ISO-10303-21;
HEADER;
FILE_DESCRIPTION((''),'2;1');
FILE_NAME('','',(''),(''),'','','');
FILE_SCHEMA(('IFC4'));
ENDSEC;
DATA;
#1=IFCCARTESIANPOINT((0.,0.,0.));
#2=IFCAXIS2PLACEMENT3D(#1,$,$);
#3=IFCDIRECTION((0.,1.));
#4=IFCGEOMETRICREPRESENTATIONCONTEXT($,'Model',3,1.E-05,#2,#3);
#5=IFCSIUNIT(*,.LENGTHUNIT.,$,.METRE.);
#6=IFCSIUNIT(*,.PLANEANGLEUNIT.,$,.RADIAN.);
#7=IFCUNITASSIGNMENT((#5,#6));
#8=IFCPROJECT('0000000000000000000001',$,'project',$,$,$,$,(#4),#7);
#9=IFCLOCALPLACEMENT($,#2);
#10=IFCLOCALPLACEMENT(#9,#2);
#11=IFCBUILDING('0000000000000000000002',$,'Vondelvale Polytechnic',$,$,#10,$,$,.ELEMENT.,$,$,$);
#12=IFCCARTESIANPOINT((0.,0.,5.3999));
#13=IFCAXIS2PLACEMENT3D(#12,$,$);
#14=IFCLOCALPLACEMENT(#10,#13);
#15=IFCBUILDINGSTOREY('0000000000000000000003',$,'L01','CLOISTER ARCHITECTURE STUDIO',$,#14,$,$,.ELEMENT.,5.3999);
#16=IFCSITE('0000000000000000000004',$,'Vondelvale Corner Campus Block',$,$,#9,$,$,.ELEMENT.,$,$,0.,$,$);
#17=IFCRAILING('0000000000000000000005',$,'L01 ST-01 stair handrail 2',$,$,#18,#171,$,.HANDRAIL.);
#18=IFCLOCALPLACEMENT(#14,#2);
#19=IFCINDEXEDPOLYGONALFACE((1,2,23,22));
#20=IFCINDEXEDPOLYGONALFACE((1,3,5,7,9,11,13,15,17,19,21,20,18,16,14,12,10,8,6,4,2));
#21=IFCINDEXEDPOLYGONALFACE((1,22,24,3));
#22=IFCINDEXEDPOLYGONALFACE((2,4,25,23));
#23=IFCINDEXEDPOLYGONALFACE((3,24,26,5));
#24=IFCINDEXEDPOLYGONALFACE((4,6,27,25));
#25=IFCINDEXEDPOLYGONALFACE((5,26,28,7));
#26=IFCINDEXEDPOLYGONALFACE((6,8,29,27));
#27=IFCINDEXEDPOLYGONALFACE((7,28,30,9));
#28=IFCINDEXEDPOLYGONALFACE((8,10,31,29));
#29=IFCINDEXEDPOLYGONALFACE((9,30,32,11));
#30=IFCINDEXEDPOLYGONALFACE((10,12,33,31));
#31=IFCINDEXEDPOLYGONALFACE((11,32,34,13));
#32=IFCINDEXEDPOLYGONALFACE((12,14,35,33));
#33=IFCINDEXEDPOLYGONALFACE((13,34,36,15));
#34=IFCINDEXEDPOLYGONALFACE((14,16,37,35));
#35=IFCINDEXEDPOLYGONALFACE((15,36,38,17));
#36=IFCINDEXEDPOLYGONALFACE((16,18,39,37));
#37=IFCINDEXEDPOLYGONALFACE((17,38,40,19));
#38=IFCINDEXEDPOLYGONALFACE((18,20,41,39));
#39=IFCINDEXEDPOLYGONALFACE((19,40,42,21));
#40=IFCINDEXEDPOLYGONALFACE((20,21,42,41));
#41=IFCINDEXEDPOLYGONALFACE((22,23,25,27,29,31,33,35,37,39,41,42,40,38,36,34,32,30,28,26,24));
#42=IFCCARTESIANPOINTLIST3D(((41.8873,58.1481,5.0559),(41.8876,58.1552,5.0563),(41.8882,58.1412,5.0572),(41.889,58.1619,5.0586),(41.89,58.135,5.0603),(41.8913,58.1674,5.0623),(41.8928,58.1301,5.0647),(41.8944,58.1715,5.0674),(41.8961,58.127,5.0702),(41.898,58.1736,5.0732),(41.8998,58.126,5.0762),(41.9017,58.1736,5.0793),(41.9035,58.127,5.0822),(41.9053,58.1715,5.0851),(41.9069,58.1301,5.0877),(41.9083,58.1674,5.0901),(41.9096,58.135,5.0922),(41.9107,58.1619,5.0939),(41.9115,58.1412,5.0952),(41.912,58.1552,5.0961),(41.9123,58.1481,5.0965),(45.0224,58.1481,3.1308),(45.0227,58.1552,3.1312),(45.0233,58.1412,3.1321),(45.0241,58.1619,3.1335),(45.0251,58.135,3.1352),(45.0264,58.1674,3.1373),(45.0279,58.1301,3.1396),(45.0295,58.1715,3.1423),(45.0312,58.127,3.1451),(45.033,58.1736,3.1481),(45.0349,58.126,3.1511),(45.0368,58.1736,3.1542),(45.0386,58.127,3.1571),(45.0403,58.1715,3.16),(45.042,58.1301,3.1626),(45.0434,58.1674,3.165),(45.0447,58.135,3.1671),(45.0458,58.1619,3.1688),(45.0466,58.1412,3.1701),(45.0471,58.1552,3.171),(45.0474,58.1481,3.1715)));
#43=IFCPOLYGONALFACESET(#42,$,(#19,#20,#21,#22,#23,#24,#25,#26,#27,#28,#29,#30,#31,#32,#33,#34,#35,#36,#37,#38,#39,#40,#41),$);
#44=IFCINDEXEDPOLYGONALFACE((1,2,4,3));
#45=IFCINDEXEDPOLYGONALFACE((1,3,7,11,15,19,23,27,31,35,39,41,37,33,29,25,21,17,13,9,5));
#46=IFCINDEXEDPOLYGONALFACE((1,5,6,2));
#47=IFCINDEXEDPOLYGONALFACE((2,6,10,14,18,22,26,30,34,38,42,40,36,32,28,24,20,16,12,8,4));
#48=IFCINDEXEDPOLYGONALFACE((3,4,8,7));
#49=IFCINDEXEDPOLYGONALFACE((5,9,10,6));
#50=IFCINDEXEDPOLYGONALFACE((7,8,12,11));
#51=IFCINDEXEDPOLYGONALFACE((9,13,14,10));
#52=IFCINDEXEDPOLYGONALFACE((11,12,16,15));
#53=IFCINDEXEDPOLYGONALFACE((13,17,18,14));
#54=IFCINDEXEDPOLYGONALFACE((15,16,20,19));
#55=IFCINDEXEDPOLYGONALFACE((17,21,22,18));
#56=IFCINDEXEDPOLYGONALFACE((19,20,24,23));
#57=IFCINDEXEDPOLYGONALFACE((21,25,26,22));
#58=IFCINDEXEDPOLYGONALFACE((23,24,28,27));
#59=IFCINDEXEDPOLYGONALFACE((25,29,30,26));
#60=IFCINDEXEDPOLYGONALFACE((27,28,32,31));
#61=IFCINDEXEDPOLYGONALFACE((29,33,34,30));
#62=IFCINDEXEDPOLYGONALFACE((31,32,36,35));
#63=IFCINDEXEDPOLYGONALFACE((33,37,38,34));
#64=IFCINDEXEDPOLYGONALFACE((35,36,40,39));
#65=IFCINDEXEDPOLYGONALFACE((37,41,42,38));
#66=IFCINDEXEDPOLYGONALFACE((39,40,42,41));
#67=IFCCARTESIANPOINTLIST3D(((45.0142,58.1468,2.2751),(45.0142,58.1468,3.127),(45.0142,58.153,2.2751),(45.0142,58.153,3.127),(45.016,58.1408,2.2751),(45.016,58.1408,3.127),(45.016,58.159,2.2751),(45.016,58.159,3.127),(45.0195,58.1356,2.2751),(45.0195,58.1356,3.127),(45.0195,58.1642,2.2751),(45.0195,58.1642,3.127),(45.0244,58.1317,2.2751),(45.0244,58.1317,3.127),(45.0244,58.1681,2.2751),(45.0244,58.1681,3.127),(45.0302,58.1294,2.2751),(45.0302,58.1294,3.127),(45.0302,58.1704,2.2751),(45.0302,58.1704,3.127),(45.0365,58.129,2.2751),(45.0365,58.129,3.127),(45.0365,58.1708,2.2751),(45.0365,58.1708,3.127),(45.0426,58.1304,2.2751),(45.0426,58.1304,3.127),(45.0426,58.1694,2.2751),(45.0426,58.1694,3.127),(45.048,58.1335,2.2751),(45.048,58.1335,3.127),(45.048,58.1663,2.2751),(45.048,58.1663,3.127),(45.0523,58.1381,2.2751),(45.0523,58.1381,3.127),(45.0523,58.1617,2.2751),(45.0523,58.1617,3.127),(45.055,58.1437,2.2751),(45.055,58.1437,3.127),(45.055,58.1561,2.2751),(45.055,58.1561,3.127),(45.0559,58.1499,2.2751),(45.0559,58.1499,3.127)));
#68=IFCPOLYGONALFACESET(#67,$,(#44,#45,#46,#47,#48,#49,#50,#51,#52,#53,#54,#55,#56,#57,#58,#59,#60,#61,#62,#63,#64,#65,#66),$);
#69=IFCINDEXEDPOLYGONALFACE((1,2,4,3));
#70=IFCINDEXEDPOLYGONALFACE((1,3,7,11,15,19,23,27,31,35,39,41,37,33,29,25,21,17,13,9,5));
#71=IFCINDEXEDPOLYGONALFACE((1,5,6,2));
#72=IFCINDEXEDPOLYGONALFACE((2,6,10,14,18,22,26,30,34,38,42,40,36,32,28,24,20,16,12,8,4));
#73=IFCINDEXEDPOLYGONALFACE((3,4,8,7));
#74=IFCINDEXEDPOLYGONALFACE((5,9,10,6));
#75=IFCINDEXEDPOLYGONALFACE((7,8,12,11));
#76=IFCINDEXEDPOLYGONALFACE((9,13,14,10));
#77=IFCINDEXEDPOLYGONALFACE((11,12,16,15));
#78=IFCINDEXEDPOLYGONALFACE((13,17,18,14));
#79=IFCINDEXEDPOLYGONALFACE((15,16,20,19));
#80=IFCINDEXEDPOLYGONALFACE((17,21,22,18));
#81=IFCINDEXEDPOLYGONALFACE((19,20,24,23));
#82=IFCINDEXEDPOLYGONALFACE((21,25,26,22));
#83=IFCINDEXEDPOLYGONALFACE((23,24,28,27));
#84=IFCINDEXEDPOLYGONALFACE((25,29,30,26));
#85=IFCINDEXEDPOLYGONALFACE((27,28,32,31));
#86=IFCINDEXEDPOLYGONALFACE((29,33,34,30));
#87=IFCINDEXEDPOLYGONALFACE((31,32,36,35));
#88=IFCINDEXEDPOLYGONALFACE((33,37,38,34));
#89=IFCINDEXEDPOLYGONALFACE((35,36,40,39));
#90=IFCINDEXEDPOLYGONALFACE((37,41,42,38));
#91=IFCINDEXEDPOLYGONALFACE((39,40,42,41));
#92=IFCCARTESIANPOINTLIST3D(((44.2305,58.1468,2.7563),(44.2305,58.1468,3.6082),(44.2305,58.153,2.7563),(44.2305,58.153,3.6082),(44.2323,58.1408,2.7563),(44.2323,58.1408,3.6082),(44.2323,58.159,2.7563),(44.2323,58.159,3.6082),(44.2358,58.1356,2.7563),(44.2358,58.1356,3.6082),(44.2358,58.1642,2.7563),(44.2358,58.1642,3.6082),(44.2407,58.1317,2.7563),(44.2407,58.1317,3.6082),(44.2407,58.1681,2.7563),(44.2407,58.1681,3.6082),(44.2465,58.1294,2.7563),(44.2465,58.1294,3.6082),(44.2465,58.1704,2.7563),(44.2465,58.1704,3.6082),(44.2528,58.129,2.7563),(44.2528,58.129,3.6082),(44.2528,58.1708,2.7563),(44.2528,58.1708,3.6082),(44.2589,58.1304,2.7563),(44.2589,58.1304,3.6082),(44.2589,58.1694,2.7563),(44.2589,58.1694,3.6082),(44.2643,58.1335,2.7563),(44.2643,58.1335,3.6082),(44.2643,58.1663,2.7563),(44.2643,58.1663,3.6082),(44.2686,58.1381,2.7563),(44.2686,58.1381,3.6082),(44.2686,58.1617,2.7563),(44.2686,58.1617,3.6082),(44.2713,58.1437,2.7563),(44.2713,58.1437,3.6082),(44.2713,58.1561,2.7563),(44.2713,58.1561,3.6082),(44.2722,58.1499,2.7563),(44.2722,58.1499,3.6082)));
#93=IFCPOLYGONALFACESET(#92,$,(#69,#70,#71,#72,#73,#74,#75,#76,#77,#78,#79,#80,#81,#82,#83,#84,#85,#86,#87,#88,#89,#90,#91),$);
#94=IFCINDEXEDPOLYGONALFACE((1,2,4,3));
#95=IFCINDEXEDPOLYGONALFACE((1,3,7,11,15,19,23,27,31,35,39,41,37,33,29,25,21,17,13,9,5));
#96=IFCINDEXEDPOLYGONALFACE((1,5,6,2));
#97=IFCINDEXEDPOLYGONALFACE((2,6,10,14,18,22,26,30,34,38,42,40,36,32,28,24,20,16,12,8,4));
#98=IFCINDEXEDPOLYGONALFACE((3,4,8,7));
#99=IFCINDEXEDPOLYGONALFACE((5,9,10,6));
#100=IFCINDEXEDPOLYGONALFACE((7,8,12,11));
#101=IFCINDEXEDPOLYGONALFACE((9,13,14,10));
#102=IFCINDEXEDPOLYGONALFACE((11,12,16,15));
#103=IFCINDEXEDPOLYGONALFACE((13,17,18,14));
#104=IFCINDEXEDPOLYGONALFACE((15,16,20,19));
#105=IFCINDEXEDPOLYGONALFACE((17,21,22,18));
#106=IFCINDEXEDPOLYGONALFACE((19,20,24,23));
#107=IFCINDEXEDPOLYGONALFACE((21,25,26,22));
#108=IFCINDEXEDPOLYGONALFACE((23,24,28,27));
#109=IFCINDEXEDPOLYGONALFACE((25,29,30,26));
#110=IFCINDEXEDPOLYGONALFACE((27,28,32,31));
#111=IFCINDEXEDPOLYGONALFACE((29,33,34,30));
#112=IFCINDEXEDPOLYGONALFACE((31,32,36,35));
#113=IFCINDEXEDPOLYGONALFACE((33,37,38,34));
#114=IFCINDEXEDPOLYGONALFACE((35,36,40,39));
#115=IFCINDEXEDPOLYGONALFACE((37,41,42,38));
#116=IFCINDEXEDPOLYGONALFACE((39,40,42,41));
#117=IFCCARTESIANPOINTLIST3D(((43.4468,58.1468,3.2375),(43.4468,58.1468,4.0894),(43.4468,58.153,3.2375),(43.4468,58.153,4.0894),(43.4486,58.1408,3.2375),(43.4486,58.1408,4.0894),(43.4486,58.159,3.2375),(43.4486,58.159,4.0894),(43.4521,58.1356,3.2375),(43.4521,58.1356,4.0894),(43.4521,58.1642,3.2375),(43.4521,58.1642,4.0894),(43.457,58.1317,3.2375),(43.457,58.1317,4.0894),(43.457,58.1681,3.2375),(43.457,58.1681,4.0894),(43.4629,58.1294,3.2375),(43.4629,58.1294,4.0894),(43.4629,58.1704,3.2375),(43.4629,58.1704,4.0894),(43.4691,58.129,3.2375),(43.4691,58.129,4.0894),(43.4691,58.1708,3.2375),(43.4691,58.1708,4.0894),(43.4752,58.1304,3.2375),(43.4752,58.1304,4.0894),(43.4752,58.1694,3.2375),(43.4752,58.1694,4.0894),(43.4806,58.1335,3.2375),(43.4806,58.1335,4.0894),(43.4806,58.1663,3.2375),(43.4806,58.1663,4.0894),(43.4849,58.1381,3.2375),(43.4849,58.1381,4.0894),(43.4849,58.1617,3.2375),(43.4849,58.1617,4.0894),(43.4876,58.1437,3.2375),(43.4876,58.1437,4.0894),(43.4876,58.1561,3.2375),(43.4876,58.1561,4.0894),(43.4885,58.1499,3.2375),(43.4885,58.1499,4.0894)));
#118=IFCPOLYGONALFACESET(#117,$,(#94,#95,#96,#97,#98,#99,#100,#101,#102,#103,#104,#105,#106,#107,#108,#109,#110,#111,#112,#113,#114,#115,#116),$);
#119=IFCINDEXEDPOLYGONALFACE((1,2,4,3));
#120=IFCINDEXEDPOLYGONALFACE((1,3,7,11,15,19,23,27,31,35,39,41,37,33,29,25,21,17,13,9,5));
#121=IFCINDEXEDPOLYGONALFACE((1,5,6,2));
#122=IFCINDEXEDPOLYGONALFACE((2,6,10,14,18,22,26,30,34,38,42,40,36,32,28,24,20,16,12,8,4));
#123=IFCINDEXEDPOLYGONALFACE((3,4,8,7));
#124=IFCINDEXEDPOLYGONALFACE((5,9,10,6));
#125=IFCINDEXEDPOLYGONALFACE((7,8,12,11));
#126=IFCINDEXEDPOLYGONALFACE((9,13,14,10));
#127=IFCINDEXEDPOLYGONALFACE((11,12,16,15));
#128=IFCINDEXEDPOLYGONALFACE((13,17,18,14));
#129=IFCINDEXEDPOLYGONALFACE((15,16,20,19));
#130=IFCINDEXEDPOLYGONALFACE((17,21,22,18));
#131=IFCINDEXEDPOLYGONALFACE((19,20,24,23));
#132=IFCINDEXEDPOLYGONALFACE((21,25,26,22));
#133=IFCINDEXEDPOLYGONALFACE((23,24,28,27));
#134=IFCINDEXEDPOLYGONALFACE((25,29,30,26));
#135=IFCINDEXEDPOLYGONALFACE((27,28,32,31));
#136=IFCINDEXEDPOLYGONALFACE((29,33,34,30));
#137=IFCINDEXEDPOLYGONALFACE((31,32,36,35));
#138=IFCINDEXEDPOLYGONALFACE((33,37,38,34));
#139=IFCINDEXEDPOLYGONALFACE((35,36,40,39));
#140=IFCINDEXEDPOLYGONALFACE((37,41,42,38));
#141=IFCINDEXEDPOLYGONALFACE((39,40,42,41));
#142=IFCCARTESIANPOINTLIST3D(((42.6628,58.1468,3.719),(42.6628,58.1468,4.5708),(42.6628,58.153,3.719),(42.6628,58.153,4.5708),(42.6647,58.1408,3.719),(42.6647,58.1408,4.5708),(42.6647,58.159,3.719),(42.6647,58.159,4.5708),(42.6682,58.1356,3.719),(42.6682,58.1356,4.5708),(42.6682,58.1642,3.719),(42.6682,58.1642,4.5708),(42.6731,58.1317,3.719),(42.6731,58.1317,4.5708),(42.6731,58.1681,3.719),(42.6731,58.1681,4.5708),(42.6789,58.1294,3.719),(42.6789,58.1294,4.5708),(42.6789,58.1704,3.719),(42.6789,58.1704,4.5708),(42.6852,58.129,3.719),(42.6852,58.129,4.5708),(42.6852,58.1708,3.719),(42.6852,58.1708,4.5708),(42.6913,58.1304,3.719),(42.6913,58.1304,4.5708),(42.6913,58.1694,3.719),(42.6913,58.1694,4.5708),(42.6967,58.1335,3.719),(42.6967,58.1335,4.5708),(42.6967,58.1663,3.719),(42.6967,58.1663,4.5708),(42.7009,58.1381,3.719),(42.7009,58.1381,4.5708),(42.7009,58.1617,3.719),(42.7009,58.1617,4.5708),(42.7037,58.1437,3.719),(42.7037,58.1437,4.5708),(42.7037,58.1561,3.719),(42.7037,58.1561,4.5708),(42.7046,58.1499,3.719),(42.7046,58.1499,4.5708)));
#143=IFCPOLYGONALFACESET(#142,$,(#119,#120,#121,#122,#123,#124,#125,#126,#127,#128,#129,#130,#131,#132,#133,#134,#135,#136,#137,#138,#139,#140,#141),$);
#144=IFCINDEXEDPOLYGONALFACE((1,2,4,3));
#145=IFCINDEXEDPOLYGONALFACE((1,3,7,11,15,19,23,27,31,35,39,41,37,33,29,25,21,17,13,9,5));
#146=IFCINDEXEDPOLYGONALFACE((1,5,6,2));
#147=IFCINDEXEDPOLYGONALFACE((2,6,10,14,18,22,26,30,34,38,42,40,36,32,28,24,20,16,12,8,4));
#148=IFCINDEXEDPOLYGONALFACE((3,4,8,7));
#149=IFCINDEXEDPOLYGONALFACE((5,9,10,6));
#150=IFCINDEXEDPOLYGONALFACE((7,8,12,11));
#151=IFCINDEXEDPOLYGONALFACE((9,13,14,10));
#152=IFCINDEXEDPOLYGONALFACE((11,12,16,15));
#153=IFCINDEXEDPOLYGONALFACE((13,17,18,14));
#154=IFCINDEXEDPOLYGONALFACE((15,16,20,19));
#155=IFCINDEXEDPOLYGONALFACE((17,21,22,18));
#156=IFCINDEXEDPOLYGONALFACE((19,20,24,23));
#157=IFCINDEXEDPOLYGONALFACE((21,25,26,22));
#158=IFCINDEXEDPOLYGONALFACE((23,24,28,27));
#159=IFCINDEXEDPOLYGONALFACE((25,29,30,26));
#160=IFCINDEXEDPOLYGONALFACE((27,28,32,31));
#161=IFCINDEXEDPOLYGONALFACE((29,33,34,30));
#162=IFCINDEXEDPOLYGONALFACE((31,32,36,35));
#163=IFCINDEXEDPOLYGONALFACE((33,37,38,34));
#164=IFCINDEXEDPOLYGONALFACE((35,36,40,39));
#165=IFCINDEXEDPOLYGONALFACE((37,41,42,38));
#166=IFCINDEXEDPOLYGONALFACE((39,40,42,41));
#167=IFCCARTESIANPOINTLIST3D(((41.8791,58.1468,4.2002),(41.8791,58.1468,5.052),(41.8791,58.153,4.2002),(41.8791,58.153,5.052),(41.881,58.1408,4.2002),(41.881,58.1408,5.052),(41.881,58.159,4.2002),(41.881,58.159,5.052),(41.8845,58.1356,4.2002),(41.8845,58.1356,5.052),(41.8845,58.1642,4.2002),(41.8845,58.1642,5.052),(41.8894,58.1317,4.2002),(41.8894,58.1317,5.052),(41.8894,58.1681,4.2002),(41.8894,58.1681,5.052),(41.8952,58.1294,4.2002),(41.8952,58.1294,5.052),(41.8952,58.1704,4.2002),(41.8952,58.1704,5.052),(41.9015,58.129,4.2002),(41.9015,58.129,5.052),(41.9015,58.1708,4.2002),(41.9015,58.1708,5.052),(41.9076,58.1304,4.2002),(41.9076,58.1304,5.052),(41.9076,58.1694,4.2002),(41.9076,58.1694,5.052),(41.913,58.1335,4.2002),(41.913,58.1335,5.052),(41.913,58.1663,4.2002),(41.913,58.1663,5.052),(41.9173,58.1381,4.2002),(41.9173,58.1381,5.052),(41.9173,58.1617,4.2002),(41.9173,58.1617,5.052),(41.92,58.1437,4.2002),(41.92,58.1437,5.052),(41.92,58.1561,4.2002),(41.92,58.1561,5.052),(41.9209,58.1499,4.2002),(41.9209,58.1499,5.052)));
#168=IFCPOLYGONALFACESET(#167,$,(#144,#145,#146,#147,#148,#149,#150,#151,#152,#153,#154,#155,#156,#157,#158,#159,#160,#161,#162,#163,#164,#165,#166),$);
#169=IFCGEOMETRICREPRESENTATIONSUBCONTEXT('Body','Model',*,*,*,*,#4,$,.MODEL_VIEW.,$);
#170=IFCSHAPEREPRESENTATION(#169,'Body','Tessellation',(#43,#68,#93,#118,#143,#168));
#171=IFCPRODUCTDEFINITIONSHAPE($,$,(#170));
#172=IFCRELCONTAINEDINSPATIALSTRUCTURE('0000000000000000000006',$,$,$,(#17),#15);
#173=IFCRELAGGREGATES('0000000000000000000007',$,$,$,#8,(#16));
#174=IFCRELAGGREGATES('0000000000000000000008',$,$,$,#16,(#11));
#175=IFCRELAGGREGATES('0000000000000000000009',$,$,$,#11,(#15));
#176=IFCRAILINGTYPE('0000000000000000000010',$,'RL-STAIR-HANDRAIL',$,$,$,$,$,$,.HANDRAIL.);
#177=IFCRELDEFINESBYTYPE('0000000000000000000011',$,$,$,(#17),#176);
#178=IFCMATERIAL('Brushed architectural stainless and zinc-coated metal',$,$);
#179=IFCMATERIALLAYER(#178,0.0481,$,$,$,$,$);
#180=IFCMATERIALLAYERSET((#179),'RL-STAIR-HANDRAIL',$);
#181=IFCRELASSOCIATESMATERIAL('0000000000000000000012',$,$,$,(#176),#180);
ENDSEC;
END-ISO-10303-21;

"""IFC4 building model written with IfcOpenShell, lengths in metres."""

from ifc_helpers import new_model, si_unit, direction, frame, origin, origin_2d, place, context, subcontext, project, spatial, circle, extrude, material, layer, layer_set, type_object, element, save


model = new_model("IFC4")

# Units and contexts
model_context = context("Model", 3, precision=1e-05, world=origin(), true_north=direction((0.0, 1.0)))
body_context = subcontext(model_context, "Body", "Model", "MODEL_VIEW")
ifc_project = project(units=[si_unit("LENGTHUNIT", "METRE"), si_unit("PLANEANGLEUNIT", "RADIAN")], contexts=[model_context])

# Site, building, storey
site_placement = place(None, origin())
site = spatial("IfcSite", under=ifc_project, at=site_placement, Name="Vondelvale Corner Campus Block", CompositionType="ELEMENT", RefElevation=0.0)
building_placement = place(site_placement, origin())
building = spatial("IfcBuilding", under=site, at=building_placement, Name="Vondelvale Polytechnic", CompositionType="ELEMENT")
storey_placement = place(building_placement, frame((0.0, 0.0, 5.3999)))
storey = spatial("IfcBuildingStorey", under=building, at=storey_placement, Name="L01", Description="CLOISTER ARCHITECTURE STUDIO", CompositionType="ELEMENT", Elevation=5.3999)

# Shared definitions
ifc_material_1 = material(Name="Brushed architectural stainless and zinc-coated metal")

# Railing
ifc_layer_1 = layer(ifc_material_1, 0.0481)
ifc_layer_set_1 = layer_set([ifc_layer_1], Name="RL-STAIR-HANDRAIL")
railing_type_1 = type_object("IfcRailingType", Name="RL-STAIR-HANDRAIL", PredefinedType="HANDRAIL", material=ifc_layer_set_1)
railing_1_placement = place(storey_placement, frame((45.0349, 58.1499, 2.2751)))
element("IfcRailing", 1, at=railing_1_placement, inside=storey, type_object=railing_type_1, Name="L01 ST-01 stair handrail 2", PredefinedType="HANDRAIL", context=body_context, shape_type="SweptSolid", body=[
    extrude(circle(Radius=0.0239, at=origin_2d()), frame((0.0, 0.0, 0.876), z_axis=(-0.852166, 0.0, 0.523271), x_axis=(0.0, -1.0, 0.0)), (0.0, 0.0, 1.0), 3.679),
    extrude(circle(Radius=0.021, at=origin_2d()), origin(), (0.0, 0.0, 1.0), 0.8518),
    extrude(circle(Radius=0.021, at=origin_2d()), frame((-0.7837, 0.0, 0.4812)), (0.0, 0.0, 1.0), 0.8518),
    extrude(circle(Radius=0.021, at=origin_2d()), frame((-1.5674, 0.0, 0.9624)), (0.0, 0.0, 1.0), 0.8518),
    extrude(circle(Radius=0.021, at=origin_2d()), frame((-2.3513, 0.0, 1.4438)), (0.0, 0.0, 1.0), 0.8518),
    extrude(circle(Radius=0.021, at=origin_2d()), frame((-3.135, 0.0, 1.925)), (0.0, 0.0, 1.0), 0.8518),
])

save(model, "model.ifc")
